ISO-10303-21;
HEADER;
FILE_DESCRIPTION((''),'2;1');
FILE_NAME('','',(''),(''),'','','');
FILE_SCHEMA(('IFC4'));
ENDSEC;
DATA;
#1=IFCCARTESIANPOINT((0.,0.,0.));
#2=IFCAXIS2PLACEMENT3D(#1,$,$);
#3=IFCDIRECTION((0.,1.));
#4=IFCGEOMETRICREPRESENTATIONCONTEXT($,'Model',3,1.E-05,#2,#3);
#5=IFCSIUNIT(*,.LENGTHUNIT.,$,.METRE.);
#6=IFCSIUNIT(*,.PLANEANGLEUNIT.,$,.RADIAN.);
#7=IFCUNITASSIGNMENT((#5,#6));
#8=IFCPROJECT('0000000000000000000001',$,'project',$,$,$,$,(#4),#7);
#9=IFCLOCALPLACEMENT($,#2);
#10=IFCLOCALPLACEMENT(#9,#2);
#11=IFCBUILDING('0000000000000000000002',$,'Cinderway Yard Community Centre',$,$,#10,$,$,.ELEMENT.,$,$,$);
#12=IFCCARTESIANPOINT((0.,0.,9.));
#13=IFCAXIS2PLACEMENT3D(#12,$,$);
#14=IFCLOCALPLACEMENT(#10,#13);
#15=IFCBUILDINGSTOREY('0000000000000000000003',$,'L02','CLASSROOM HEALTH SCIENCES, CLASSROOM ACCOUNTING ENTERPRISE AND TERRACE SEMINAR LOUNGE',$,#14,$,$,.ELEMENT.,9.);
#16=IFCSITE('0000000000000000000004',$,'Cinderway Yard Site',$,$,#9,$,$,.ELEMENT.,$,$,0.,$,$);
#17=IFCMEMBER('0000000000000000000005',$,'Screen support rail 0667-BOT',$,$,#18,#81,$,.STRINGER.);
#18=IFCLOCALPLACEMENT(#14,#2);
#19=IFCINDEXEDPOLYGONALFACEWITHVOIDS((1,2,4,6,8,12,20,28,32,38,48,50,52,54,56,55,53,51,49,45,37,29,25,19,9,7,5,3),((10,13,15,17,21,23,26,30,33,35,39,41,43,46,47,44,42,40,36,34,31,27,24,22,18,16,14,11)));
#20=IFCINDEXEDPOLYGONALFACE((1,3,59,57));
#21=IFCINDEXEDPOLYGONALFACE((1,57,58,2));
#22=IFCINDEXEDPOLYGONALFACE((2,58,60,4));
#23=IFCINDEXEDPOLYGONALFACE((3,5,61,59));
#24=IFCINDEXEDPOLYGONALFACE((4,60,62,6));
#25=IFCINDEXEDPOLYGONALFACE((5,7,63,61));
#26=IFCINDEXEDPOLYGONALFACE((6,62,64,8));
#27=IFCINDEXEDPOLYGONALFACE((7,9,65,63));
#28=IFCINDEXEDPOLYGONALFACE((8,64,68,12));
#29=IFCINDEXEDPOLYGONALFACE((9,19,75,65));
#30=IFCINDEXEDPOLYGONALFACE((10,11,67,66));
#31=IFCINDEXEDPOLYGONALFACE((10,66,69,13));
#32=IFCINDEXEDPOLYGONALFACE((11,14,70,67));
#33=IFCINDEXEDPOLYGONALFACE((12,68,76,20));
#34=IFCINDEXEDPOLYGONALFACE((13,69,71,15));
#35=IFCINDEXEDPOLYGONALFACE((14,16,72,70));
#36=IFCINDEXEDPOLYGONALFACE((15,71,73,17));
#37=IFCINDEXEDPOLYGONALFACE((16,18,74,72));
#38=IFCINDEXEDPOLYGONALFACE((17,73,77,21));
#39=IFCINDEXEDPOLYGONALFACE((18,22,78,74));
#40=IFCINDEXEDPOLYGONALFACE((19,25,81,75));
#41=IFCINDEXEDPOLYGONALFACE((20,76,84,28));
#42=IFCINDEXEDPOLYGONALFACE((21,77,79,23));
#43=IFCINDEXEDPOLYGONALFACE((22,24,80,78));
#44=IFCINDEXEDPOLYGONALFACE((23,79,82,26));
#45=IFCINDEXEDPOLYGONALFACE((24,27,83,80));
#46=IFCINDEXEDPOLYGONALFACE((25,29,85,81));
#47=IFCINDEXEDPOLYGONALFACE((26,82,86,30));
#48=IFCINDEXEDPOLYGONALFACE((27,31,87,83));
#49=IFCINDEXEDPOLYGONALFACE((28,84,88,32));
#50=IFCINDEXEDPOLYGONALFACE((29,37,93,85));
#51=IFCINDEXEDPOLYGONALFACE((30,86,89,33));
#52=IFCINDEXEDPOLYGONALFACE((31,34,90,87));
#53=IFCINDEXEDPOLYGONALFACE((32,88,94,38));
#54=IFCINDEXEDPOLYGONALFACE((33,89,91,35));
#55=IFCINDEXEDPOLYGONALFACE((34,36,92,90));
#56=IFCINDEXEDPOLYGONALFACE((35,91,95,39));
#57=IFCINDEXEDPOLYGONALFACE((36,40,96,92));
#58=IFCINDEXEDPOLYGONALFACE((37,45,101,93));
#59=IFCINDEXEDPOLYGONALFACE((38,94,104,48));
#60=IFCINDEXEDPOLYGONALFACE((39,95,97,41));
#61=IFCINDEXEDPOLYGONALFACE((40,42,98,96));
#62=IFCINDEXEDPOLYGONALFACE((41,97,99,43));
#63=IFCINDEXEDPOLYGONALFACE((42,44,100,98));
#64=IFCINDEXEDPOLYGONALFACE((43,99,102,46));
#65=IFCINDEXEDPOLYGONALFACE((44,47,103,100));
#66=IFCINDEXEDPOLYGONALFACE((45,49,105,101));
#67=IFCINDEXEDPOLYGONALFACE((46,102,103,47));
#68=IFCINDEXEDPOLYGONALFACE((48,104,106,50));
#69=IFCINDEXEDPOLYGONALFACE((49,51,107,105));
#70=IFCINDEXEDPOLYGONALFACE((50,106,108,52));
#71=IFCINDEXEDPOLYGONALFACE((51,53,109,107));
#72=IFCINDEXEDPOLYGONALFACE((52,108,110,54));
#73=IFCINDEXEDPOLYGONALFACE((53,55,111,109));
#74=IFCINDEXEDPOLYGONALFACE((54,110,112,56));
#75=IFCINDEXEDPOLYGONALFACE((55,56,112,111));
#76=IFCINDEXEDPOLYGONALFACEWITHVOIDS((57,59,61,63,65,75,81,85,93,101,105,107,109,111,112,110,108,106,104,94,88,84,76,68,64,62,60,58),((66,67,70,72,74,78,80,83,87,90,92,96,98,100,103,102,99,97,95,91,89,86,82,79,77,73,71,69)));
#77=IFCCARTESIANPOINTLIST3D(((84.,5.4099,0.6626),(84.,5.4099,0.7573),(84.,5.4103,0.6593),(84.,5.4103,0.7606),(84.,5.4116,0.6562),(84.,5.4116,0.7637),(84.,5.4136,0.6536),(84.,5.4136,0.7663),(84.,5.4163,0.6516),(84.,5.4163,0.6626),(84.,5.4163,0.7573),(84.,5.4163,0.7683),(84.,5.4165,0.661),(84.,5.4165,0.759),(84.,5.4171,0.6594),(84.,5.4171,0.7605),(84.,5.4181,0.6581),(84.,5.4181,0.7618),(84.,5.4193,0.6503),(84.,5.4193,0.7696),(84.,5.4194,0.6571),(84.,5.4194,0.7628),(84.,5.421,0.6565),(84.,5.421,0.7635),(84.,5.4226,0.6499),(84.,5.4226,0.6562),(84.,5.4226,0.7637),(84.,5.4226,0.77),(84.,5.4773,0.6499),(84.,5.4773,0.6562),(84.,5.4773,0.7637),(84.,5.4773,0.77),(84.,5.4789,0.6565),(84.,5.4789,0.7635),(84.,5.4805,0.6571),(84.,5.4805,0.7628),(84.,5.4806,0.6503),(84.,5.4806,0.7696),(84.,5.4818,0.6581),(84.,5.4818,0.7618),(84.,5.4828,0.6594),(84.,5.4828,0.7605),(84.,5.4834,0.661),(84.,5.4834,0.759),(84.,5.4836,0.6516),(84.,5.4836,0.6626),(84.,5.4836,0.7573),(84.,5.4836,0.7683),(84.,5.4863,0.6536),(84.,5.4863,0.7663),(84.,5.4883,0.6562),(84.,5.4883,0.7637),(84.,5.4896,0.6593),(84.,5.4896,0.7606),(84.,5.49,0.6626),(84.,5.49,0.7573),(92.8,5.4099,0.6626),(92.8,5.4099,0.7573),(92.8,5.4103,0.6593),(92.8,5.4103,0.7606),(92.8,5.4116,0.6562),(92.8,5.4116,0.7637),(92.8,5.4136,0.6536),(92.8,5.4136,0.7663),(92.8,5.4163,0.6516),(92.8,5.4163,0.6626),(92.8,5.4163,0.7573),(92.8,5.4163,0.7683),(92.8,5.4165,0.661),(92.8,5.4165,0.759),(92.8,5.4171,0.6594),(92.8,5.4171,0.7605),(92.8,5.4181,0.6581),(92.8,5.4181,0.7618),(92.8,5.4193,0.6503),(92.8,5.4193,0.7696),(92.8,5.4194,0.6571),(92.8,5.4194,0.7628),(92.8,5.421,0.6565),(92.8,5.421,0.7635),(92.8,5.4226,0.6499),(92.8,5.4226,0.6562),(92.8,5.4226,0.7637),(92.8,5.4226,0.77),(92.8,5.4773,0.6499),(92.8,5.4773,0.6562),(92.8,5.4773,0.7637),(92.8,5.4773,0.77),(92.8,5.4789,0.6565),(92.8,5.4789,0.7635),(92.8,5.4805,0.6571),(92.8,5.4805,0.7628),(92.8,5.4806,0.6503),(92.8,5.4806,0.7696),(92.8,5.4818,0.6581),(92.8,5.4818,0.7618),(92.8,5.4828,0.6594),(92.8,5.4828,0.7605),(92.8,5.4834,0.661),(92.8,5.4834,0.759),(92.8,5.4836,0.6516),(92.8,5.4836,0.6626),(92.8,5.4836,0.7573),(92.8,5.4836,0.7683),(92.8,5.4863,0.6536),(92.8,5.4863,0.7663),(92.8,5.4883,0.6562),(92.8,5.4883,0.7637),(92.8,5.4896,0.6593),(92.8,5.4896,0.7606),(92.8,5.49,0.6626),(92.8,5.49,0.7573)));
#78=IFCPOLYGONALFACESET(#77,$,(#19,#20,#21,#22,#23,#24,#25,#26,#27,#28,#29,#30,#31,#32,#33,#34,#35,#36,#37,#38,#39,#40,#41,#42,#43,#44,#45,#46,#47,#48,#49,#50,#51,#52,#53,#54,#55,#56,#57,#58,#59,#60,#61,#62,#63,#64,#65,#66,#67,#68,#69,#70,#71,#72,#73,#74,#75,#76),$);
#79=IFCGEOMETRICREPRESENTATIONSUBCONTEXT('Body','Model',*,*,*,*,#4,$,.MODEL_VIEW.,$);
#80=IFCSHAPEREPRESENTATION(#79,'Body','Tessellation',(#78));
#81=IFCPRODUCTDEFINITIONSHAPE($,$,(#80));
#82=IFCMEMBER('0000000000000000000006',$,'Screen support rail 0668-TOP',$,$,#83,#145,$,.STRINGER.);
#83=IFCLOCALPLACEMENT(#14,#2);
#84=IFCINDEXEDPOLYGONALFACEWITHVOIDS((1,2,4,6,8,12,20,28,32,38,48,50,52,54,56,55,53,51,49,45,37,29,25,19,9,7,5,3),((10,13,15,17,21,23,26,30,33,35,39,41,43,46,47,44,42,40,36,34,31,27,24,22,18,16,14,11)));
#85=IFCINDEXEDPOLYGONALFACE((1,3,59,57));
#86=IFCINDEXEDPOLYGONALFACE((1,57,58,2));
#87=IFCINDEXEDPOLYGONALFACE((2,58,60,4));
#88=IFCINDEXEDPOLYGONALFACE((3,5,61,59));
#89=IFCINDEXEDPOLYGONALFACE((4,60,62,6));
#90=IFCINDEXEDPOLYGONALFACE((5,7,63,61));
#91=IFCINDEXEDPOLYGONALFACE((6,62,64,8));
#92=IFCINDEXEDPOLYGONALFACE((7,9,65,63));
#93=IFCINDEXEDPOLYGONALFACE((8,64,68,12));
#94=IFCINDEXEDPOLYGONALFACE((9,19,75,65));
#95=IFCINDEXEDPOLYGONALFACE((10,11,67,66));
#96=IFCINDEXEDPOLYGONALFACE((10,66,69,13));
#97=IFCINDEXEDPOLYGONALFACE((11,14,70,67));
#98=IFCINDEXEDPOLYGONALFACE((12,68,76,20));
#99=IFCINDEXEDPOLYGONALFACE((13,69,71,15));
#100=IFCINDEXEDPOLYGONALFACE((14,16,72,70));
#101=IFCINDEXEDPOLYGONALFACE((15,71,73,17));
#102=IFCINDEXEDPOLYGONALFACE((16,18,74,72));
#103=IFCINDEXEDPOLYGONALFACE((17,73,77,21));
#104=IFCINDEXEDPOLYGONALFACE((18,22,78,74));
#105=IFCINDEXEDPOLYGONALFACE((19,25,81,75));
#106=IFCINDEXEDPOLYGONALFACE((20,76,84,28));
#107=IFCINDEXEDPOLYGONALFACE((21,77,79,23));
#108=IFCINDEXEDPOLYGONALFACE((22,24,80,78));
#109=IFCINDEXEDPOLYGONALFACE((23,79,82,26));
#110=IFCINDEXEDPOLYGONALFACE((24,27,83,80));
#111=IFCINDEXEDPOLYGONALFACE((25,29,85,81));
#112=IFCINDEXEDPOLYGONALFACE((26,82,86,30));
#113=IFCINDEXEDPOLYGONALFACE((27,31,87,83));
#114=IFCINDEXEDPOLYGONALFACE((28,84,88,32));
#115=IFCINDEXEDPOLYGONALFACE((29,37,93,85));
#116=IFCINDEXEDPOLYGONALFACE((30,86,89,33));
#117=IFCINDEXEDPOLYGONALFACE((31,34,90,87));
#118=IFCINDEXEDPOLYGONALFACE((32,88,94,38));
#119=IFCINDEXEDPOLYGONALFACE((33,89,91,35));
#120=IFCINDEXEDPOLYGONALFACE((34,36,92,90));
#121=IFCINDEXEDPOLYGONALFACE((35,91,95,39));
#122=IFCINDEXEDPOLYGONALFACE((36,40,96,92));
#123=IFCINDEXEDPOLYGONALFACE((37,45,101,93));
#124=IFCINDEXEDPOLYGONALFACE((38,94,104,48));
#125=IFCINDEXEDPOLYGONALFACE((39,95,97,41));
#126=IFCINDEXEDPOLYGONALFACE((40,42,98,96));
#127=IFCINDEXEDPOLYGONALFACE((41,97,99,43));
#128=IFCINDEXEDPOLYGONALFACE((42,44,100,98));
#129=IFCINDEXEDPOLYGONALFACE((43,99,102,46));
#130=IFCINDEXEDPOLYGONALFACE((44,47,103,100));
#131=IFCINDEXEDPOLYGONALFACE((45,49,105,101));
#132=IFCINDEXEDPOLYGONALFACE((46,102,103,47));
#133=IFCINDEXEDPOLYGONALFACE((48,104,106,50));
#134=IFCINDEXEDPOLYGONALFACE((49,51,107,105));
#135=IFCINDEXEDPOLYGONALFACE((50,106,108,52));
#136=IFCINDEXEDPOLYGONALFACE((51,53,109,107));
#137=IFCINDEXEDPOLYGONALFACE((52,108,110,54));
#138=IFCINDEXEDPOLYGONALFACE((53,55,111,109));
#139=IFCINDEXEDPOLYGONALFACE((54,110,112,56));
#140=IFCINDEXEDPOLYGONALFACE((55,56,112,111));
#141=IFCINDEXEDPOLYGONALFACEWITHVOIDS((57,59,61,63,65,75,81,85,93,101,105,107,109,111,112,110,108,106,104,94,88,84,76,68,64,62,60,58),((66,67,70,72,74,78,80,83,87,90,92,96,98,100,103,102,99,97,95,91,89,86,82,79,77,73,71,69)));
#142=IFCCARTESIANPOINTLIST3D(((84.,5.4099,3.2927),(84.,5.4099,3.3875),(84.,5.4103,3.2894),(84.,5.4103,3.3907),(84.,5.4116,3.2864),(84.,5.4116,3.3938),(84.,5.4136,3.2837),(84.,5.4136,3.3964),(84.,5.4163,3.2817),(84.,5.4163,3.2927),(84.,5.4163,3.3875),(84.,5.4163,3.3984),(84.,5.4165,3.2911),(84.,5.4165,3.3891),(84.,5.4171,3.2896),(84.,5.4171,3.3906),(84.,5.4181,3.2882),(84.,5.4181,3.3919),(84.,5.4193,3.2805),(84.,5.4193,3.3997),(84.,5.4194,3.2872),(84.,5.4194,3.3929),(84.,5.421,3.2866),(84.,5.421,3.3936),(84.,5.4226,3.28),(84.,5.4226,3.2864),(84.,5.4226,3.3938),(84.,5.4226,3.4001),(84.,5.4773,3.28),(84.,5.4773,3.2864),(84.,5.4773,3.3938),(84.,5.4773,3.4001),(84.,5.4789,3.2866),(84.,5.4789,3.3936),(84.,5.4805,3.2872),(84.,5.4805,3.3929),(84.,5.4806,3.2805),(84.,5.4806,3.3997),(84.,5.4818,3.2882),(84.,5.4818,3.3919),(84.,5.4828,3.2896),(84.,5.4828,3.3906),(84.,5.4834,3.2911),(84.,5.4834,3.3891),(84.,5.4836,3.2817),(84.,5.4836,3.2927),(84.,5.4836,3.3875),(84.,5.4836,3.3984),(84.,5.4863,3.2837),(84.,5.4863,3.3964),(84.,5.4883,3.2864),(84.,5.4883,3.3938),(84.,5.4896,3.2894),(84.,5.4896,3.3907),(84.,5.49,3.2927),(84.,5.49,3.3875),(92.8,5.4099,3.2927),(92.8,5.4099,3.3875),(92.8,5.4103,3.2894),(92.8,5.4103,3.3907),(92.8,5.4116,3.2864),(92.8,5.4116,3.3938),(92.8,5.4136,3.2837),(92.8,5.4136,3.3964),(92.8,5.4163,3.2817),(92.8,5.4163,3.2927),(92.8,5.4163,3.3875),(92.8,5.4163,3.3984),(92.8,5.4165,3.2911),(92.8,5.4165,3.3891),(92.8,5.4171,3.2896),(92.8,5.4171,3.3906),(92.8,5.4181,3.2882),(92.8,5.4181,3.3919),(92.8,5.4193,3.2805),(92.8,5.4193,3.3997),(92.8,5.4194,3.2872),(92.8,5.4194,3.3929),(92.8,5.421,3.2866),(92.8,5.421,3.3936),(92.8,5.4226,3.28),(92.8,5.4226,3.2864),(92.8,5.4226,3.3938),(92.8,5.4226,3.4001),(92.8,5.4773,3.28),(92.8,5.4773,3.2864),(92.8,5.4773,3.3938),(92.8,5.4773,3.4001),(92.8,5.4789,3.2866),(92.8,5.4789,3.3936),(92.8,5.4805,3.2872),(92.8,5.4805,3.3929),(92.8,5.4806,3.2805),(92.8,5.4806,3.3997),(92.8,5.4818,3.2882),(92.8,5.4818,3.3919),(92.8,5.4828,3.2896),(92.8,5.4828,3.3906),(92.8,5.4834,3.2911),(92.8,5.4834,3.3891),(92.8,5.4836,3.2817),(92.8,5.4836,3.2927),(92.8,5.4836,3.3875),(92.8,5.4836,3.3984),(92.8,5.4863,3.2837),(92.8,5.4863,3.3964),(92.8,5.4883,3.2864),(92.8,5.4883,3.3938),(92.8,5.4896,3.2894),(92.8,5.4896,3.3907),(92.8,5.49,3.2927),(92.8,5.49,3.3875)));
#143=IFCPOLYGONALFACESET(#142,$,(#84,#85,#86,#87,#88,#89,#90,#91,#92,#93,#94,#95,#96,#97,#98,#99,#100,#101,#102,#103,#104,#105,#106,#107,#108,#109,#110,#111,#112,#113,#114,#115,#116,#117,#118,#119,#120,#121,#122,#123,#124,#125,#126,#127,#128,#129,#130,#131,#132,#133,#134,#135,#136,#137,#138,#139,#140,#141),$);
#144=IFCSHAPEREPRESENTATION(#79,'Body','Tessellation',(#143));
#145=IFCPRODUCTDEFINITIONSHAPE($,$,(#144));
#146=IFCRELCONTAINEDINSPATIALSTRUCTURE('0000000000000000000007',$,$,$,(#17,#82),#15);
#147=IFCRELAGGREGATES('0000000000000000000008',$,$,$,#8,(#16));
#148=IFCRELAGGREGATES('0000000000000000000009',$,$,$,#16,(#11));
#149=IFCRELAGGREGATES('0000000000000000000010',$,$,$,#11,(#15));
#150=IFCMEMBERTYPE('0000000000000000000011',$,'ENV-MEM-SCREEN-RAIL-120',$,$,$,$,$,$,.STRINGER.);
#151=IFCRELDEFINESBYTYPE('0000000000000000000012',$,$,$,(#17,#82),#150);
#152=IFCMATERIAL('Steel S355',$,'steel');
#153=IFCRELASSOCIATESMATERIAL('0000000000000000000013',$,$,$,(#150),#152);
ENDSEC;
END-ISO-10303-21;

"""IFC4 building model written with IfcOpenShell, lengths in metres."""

from ifc_helpers import new_model, si_unit, direction, frame, origin, origin_2d, place, context, subcontext, project, spatial, hollow_rectangle, extrude, material, material_profile, profile_set, type_object, element, save


model = new_model("IFC4")

# Units and contexts
model_context = context("Model", 3, precision=1e-05, world=origin(), true_north=direction((0.0, 1.0)))
body_context = subcontext(model_context, "Body", "Model", "MODEL_VIEW")
ifc_project = project(units=[si_unit("LENGTHUNIT", "METRE"), si_unit("PLANEANGLEUNIT", "RADIAN")], contexts=[model_context])

# Site, building, storey
site_placement = place(None, origin())
site = spatial("IfcSite", under=ifc_project, at=site_placement, Name="Cinderway Yard Site", CompositionType="ELEMENT", RefElevation=0.0)
building_placement = place(site_placement, origin())
building = spatial("IfcBuilding", under=site, at=building_placement, Name="Cinderway Yard Community Centre", CompositionType="ELEMENT")
storey_placement = place(building_placement, frame((0.0, 0.0, 9.0)))
storey = spatial("IfcBuildingStorey", under=building, at=storey_placement, Name="L02", Description="CLASSROOM HEALTH SCIENCES, CLASSROOM ACCOUNTING ENTERPRISE AND TERRACE SEMINAR LOUNGE", CompositionType="ELEMENT", Elevation=9.0)

# Members
ifc_material_1 = material(Name="Steel S355", Category="steel")
ifc_material_profile = material_profile(ifc_material_1, hollow_rectangle(XDim=0.0801, YDim=0.1201, WallThickness=0.0063, InnerFilletRadius=0.0063, OuterFilletRadius=0.0127, at=origin_2d()), Name="Steel S355")
ifc_profile_set = profile_set([ifc_material_profile], Name="Steel S355")
member_type = type_object("IfcMemberType", Name="ENV-MEM-SCREEN-RAIL-120", PredefinedType="STRINGER", material=ifc_profile_set)
for number, where, z_axis, x_axis, name in (
    (1, (84.0, 5.45, 0.71), (1.0, 0.0, 0.0), (0.0, 1.0, 0.0), "Screen support rail 0667-BOT"),
    (2, (84.0, 5.45, 3.3401), (1.0, 0.0, 0.0), (0.0, 1.0, 0.0), "Screen support rail 0668-TOP"),
):
    element("IfcMember", number, at=place(storey_placement, frame(where, z_axis=z_axis, x_axis=x_axis)), inside=storey, type_object=member_type, Name=name, PredefinedType="STRINGER", context=body_context, shape_type="SweptSolid", body=[
        extrude(hollow_rectangle(XDim=0.0801, YDim=0.1201, WallThickness=0.0063, InnerFilletRadius=0.0063, OuterFilletRadius=0.0127, at=origin_2d()), origin(), (0.0, 0.0, 1.0), 8.8),
    ])

save(model, "model.ifc")
